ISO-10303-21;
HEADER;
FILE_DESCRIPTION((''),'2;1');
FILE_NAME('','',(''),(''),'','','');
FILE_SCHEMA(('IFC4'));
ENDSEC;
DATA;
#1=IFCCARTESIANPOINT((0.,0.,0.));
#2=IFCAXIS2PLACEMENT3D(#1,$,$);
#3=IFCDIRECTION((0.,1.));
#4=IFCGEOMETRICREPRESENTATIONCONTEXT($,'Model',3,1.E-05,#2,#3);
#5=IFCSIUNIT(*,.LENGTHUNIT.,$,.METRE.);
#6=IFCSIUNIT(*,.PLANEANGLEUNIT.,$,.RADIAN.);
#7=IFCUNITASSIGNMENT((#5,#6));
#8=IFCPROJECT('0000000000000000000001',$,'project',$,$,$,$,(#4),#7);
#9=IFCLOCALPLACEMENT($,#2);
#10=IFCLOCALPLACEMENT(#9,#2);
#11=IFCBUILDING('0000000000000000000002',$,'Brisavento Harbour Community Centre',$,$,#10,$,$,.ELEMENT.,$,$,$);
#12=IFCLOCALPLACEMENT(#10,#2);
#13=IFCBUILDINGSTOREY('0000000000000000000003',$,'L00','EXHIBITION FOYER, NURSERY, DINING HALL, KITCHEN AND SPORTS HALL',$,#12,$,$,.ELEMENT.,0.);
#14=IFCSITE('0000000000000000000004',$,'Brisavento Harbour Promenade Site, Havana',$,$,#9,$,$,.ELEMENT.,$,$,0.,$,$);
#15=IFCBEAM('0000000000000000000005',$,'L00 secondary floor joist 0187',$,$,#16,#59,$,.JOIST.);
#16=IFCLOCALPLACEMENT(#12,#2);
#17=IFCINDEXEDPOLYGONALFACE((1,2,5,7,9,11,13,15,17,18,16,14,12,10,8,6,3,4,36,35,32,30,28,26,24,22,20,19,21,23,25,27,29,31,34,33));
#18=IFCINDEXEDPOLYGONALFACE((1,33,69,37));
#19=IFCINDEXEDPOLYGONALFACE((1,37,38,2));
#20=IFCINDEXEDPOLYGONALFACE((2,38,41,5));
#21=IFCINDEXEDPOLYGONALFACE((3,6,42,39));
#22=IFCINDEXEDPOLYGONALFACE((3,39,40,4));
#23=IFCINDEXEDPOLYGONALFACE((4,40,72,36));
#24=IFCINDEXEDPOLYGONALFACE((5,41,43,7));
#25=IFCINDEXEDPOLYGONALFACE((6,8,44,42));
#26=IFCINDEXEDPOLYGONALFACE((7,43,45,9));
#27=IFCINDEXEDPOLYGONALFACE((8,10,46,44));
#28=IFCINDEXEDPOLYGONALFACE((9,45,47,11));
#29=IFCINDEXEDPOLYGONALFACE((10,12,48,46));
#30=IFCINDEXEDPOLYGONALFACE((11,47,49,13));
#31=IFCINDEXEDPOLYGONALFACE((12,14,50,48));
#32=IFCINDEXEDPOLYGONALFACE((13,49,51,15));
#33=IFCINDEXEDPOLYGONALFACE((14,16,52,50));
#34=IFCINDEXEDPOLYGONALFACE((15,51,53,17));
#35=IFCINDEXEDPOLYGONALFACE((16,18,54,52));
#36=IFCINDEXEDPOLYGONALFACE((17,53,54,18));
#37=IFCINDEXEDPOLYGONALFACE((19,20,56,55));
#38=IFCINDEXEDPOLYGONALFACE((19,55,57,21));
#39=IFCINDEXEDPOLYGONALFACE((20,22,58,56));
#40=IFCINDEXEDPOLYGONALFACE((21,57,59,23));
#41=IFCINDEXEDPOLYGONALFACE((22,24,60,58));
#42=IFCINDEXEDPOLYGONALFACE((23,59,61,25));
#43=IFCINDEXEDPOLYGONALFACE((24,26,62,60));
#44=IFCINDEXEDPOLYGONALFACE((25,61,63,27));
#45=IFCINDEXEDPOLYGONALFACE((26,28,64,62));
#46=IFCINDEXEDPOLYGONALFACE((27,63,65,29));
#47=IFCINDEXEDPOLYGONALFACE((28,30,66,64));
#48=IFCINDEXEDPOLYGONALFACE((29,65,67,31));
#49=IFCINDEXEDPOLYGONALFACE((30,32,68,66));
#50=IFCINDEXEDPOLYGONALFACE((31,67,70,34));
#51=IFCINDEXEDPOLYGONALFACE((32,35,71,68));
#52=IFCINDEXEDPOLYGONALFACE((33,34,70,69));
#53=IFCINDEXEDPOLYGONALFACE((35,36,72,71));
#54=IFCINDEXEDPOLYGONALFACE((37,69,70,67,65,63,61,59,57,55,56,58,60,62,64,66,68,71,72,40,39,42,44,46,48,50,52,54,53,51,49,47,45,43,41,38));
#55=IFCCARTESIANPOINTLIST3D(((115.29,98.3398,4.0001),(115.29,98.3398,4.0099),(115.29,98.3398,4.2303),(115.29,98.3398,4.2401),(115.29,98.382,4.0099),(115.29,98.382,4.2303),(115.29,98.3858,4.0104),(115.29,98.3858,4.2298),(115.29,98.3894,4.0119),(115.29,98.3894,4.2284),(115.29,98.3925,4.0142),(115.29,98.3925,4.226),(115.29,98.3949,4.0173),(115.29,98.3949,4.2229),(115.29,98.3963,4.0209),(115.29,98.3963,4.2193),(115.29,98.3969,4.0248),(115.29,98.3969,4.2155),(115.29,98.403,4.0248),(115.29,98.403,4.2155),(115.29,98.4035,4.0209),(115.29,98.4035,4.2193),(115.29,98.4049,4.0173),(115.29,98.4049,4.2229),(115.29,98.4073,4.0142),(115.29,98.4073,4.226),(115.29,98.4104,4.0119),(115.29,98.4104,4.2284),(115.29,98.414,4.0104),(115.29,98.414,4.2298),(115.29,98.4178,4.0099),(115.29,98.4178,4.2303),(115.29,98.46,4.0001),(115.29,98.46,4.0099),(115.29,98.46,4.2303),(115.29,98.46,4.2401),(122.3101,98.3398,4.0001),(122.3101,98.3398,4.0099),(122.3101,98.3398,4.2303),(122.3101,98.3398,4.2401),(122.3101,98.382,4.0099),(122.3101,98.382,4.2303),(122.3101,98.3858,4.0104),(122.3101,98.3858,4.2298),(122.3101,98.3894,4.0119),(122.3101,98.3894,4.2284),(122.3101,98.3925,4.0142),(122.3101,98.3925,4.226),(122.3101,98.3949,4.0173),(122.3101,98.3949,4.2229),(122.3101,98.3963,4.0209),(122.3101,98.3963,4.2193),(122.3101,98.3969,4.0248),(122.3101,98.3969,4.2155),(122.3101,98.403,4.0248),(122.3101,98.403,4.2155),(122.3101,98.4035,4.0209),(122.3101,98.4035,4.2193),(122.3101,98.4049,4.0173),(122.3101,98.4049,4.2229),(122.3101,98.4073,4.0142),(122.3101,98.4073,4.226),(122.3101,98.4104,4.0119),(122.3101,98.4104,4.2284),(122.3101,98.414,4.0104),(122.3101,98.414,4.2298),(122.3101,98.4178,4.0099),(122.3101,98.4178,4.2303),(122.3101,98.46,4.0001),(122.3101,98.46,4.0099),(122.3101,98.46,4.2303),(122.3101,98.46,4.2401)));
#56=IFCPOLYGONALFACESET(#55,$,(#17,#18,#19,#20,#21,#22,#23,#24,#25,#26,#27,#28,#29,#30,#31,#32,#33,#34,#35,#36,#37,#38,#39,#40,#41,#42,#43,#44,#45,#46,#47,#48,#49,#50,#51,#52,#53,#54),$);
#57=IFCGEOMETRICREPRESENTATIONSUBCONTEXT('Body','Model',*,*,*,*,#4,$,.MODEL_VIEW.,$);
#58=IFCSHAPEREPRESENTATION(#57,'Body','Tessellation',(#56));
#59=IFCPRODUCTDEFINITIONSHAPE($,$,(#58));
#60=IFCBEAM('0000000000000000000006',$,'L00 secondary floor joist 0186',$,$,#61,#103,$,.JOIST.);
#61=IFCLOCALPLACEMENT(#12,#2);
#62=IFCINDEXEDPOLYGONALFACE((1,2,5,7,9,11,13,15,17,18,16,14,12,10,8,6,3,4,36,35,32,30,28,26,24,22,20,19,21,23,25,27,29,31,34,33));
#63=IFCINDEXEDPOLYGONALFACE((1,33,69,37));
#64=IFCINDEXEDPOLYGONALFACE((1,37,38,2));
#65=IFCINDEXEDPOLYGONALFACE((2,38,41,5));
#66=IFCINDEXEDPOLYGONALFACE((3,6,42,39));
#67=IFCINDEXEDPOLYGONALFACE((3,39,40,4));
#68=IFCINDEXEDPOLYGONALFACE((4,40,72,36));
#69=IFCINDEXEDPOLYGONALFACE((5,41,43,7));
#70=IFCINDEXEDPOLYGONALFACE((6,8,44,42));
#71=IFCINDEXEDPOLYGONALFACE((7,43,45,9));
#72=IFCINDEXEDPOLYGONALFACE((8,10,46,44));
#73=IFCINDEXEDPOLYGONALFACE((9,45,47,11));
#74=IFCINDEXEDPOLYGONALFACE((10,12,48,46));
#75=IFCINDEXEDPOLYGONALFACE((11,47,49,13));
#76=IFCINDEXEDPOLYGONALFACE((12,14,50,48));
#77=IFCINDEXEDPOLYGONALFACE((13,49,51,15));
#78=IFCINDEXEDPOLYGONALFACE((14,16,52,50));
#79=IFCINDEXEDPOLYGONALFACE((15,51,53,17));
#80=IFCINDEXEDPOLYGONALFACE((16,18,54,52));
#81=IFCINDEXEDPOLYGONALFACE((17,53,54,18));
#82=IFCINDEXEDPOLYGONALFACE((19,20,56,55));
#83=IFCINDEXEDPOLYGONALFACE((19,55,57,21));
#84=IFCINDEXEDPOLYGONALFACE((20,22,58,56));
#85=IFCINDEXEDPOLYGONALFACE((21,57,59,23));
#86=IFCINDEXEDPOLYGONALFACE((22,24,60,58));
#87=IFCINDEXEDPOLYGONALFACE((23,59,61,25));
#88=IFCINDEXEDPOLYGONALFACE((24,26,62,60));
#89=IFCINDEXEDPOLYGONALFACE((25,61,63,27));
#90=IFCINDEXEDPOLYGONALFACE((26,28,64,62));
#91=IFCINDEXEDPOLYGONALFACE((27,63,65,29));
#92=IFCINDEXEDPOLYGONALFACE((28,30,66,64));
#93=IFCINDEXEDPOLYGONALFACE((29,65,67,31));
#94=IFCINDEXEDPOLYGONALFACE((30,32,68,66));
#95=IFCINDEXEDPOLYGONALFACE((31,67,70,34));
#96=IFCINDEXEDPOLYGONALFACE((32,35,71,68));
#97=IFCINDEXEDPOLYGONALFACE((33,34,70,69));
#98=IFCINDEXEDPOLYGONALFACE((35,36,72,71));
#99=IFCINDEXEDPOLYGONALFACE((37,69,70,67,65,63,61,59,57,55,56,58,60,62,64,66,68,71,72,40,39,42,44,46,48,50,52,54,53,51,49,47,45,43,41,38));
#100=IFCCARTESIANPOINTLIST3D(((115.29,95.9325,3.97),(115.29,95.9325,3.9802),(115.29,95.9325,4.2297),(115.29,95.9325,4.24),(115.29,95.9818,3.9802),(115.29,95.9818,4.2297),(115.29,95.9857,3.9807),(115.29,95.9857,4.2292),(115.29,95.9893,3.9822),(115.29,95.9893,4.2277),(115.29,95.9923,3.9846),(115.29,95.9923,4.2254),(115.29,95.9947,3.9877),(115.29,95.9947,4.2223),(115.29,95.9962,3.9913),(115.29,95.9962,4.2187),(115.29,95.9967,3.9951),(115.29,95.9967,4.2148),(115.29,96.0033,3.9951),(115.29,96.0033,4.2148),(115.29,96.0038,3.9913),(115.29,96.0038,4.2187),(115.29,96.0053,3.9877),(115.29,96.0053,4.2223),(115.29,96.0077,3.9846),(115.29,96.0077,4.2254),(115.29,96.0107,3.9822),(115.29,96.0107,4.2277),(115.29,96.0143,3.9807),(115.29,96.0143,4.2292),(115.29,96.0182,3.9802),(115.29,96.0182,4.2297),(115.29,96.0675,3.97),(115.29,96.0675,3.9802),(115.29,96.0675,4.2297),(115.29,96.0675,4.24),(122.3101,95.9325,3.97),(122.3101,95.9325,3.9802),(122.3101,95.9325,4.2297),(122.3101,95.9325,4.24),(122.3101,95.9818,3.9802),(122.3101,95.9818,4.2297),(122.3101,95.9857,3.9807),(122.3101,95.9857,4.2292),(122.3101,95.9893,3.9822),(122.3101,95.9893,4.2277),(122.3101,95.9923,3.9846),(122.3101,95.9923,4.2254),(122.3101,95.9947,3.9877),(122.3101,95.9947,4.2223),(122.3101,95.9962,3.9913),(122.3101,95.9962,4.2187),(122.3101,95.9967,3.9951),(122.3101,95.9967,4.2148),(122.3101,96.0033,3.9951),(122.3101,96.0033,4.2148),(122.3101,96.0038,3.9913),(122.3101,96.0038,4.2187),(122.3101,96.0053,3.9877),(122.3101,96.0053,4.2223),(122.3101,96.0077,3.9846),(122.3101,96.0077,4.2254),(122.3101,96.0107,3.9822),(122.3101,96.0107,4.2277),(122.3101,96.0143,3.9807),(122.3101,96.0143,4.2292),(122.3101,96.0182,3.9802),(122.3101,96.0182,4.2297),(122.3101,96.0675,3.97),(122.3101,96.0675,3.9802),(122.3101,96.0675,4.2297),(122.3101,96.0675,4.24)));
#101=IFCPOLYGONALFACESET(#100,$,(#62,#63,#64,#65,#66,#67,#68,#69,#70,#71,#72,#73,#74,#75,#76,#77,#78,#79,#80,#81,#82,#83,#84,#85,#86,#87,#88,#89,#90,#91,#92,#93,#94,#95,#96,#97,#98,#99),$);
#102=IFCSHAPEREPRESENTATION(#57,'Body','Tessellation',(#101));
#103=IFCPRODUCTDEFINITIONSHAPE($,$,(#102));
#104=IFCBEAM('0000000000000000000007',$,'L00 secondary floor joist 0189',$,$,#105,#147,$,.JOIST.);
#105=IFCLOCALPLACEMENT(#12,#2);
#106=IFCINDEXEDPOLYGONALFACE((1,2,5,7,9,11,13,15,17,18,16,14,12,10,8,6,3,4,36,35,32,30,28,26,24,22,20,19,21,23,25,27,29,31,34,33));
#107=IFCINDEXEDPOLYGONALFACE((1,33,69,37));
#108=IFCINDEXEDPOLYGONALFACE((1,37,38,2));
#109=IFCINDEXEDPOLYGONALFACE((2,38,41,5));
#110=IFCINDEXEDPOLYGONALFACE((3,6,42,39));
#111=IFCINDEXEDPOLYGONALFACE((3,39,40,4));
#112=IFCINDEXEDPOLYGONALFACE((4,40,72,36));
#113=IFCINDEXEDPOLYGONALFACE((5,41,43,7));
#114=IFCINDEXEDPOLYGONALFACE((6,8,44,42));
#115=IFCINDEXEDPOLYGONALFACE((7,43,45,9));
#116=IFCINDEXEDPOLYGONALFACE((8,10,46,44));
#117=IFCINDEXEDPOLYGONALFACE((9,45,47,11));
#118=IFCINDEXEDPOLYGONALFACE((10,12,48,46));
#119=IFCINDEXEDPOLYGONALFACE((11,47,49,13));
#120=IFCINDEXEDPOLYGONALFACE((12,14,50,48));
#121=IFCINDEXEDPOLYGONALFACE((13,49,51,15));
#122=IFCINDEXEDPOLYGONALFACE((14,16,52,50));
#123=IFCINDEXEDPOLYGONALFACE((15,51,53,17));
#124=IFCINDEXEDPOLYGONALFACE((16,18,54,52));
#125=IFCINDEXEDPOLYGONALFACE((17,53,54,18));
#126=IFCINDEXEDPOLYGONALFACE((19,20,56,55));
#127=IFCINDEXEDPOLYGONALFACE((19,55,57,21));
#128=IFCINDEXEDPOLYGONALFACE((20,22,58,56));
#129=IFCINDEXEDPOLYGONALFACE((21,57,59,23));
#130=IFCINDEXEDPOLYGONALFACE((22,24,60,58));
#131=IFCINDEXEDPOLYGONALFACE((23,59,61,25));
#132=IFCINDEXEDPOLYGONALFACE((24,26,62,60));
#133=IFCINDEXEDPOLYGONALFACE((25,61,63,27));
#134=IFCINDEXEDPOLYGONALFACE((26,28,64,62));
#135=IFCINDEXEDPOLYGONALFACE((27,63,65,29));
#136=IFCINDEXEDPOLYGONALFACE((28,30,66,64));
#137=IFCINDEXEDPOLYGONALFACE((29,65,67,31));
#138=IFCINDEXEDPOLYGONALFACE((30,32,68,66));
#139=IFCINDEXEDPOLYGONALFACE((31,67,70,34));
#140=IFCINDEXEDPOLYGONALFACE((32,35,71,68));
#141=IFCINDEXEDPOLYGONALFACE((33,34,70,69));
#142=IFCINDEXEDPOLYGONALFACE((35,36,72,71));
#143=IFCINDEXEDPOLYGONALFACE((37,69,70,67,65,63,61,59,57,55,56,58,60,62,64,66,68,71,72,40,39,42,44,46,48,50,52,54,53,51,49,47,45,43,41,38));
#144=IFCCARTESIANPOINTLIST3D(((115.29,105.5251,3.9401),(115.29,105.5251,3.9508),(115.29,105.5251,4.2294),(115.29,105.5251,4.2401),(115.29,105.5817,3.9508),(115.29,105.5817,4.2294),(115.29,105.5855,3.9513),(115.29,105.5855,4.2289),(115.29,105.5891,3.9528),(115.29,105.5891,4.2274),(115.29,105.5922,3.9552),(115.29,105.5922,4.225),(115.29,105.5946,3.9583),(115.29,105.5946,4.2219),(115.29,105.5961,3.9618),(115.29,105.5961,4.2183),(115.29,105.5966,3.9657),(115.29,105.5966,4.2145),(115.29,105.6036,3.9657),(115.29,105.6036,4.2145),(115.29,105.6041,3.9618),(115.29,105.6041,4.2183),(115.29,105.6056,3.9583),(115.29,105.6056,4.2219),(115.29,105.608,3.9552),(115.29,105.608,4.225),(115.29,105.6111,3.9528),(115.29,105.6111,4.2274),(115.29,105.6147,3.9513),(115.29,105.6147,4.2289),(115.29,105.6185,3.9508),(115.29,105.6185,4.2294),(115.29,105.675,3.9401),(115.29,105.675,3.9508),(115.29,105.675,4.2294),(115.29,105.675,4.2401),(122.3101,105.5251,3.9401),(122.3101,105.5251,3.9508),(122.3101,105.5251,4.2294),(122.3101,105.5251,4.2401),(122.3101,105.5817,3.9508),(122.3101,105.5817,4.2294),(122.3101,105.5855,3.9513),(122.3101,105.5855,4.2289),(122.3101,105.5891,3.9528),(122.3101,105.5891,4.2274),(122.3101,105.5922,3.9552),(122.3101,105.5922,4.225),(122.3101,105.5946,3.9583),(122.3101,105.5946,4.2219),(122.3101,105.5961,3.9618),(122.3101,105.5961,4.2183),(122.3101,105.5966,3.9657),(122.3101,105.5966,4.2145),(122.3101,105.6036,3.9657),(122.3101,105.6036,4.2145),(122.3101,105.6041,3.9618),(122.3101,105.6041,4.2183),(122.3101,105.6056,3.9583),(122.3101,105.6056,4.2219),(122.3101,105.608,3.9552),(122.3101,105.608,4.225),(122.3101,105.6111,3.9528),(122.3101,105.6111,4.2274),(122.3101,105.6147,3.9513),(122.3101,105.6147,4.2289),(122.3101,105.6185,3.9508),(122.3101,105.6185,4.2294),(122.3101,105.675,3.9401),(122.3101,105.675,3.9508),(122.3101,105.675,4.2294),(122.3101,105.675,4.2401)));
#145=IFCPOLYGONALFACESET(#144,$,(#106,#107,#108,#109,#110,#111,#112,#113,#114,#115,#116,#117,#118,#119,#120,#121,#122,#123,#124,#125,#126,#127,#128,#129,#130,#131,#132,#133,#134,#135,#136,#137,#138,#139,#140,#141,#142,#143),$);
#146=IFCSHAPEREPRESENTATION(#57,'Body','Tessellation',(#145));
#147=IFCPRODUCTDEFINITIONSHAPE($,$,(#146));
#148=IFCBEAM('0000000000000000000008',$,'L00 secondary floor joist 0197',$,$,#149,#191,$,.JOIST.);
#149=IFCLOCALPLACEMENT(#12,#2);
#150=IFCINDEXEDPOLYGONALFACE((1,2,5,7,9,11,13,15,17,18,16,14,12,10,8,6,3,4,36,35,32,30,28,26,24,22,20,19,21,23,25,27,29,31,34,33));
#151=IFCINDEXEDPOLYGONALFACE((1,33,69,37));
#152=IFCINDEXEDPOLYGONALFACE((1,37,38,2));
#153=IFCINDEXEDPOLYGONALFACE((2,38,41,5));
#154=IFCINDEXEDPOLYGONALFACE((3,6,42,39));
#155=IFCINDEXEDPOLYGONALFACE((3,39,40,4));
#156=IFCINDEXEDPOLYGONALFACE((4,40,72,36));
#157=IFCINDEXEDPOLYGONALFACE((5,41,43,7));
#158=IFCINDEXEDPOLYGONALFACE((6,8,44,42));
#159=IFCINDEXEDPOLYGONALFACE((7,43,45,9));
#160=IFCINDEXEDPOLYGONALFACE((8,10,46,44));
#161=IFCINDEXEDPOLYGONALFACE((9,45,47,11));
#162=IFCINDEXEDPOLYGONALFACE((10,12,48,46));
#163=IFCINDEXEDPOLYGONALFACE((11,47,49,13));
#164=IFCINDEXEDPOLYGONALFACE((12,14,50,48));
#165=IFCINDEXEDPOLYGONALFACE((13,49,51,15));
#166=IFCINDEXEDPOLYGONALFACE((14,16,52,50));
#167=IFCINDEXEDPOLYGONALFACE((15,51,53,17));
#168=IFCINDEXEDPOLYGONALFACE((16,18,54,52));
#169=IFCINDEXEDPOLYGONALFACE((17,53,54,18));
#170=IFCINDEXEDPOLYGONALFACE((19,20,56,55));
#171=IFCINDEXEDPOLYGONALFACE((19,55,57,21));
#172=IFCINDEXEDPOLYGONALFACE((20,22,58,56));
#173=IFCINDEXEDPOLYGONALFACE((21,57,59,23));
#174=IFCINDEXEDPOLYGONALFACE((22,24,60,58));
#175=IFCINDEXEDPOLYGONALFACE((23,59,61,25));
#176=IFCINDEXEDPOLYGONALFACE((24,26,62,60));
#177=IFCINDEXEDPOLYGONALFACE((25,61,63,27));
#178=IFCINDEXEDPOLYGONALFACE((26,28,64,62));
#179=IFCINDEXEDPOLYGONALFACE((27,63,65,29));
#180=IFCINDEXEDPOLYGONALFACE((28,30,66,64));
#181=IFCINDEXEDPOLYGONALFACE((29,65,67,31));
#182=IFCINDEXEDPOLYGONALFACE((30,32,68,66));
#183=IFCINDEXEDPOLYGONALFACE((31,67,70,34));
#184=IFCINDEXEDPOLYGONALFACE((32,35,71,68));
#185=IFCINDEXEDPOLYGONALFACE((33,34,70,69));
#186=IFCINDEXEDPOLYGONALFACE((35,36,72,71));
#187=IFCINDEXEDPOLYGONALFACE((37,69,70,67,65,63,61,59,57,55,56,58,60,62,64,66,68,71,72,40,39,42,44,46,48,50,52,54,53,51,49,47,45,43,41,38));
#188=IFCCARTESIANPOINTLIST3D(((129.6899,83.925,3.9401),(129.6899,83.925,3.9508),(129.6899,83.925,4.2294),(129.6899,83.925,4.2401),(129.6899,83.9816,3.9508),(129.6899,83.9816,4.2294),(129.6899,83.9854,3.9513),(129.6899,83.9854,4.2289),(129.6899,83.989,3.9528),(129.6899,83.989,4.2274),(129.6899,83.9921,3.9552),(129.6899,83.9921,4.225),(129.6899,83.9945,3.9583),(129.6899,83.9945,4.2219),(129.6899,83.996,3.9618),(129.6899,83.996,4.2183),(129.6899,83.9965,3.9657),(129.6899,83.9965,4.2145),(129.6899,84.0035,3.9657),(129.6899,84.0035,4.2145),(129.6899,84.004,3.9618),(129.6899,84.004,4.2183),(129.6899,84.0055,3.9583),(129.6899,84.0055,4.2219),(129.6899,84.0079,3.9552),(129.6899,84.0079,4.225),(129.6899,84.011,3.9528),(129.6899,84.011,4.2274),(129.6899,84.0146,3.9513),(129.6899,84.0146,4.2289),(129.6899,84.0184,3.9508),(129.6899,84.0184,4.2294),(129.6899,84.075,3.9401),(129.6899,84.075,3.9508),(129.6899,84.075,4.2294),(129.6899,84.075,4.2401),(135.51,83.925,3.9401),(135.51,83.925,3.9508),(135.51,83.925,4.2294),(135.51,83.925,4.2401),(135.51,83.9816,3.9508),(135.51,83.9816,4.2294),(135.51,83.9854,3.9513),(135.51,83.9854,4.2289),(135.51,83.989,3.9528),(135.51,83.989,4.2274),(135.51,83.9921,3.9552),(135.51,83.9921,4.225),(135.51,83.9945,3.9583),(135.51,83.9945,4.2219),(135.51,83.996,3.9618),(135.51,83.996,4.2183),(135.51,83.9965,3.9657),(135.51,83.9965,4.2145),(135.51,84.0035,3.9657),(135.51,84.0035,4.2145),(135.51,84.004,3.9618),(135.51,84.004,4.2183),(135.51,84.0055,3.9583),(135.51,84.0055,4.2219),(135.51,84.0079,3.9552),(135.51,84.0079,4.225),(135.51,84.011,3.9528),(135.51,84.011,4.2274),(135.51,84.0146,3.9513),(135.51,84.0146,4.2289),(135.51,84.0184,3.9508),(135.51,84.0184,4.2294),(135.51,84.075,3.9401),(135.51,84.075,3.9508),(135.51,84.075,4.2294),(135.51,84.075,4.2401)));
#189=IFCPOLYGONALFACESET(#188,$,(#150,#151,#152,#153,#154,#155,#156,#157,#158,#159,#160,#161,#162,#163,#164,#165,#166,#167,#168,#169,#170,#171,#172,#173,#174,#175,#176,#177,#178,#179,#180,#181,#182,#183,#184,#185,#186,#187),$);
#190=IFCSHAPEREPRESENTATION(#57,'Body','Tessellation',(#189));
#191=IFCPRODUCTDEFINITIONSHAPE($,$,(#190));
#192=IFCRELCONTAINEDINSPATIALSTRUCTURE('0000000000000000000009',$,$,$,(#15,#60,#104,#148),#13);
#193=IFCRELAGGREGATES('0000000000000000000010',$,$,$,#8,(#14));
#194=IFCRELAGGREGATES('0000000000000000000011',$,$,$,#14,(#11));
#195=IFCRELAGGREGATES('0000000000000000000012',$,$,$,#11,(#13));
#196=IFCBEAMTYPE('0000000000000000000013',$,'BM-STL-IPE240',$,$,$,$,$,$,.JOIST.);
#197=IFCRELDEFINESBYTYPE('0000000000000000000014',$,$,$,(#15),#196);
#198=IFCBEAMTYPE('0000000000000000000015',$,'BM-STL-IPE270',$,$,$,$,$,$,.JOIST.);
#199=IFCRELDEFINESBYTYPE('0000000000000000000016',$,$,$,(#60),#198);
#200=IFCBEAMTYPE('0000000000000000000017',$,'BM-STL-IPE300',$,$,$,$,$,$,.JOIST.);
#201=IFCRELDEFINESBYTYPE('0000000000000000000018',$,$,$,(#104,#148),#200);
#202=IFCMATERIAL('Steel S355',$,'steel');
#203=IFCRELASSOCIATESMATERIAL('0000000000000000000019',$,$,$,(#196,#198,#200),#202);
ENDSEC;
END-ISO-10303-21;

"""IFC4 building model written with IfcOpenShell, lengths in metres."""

from ifc_helpers import new_model, si_unit, direction, frame, origin, origin_2d, place, context, subcontext, project, spatial, i_section, extrude, material, material_profile, profile_set, type_object, element, save


model = new_model("IFC4")

# Units and contexts
model_context = context("Model", 3, precision=1e-05, world=origin(), true_north=direction((0.0, 1.0)))
body_context = subcontext(model_context, "Body", "Model", "MODEL_VIEW")
ifc_project = project(units=[si_unit("LENGTHUNIT", "METRE"), si_unit("PLANEANGLEUNIT", "RADIAN")], contexts=[model_context])

# Site, building, storey
site_placement = place(None, origin())
site = spatial("IfcSite", under=ifc_project, at=site_placement, Name="Brisavento Harbour Promenade Site, Havana", CompositionType="ELEMENT", RefElevation=0.0)
building_placement = place(site_placement, origin())
building = spatial("IfcBuilding", under=site, at=building_placement, Name="Brisavento Harbour Community Centre", CompositionType="ELEMENT")
storey_placement = place(building_placement, origin())
storey = spatial("IfcBuildingStorey", under=building, at=storey_placement, Name="L00", Description="EXHIBITION FOYER, NURSERY, DINING HALL, KITCHEN AND SPORTS HALL", CompositionType="ELEMENT", Elevation=0.0)

# Shared definitions
ifc_material_1 = material(Name="Steel S355", Category="steel")

# Beams
ifc_material_profile_1 = material_profile(ifc_material_1, i_section(OverallWidth=0.1201, OverallDepth=0.24, WebThickness=0.0061, FlangeThickness=0.0098, FilletRadius=0.0149, at=origin_2d()), Name="Steel S355")
ifc_profile_set_1 = profile_set([ifc_material_profile_1], Name="Steel S355")
beam_type_1 = type_object("IfcBeamType", Name="BM-STL-IPE240", PredefinedType="JOIST", material=ifc_profile_set_1)
beam_1_placement = place(storey_placement, frame((115.29, 98.3999, 4.1201), z_axis=(1.0, 0.0, 0.0), x_axis=(0.0, 1.0, 0.0)))
element("IfcBeam", 1, at=beam_1_placement, inside=storey, type_object=beam_type_1, Name="L00 secondary floor joist 0187", PredefinedType="JOIST", context=body_context, shape_type="SweptSolid", body=[
    extrude(i_section(OverallWidth=0.1201, OverallDepth=0.24, WebThickness=0.0061, FlangeThickness=0.0098, FilletRadius=0.0149, at=origin_2d()), origin(), (0.0, 0.0, 1.0), 7.02),
])
ifc_material_profile_2 = material_profile(ifc_material_1, i_section(OverallWidth=0.135, OverallDepth=0.27, WebThickness=0.0066, FlangeThickness=0.0103, FilletRadius=0.0149, at=origin_2d()), Name="Steel S355")
ifc_profile_set_2 = profile_set([ifc_material_profile_2], Name="Steel S355")
beam_type_2 = type_object("IfcBeamType", Name="BM-STL-IPE270", PredefinedType="JOIST", material=ifc_profile_set_2)
beam_2_placement = place(storey_placement, frame((115.29, 96.0, 4.105), z_axis=(1.0, 0.0, 0.0), x_axis=(0.0, 1.0, 0.0)))
element("IfcBeam", 2, at=beam_2_placement, inside=storey, type_object=beam_type_2, Name="L00 secondary floor joist 0186", PredefinedType="JOIST", context=body_context, shape_type="SweptSolid", body=[
    extrude(i_section(OverallWidth=0.135, OverallDepth=0.27, WebThickness=0.0066, FlangeThickness=0.0103, FilletRadius=0.0149, at=origin_2d()), origin(), (0.0, 0.0, 1.0), 7.02),
])
ifc_material_profile_3 = material_profile(ifc_material_1, i_section(OverallWidth=0.1499, OverallDepth=0.3, WebThickness=0.0071, FlangeThickness=0.0107, FilletRadius=0.0149, at=origin_2d()), Name="Steel S355")
ifc_profile_set_3 = profile_set([ifc_material_profile_3], Name="Steel S355")
beam_type_3 = type_object("IfcBeamType", Name="BM-STL-IPE300", PredefinedType="JOIST", material=ifc_profile_set_3)
beam_3_placement = place(storey_placement, frame((115.29, 105.6001, 4.0901), z_axis=(1.0, 0.0, 0.0), x_axis=(0.0, 1.0, 0.0)))
element("IfcBeam", 3, at=beam_3_placement, inside=storey, type_object=beam_type_3, Name="L00 secondary floor joist 0189", PredefinedType="JOIST", context=body_context, shape_type="SweptSolid", body=[
    extrude(i_section(OverallWidth=0.1499, OverallDepth=0.3, WebThickness=0.0071, FlangeThickness=0.0107, FilletRadius=0.0149, at=origin_2d()), origin(), (0.0, 0.0, 1.0), 7.02),
])
beam_4_placement = place(storey_placement, frame((129.6899, 84.0, 4.0901), z_axis=(1.0, 0.0, 0.0), x_axis=(0.0, 1.0, 0.0)))
element("IfcBeam", 4, at=beam_4_placement, inside=storey, type_object=beam_type_3, Name="L00 secondary floor joist 0197", PredefinedType="JOIST", context=body_context, shape_type="SweptSolid", body=[
    extrude(i_section(OverallWidth=0.1499, OverallDepth=0.3, WebThickness=0.0071, FlangeThickness=0.0107, FilletRadius=0.0149, at=origin_2d()), origin(), (0.0, 0.0, 1.0), 5.8201),
])

save(model, "model.ifc")
